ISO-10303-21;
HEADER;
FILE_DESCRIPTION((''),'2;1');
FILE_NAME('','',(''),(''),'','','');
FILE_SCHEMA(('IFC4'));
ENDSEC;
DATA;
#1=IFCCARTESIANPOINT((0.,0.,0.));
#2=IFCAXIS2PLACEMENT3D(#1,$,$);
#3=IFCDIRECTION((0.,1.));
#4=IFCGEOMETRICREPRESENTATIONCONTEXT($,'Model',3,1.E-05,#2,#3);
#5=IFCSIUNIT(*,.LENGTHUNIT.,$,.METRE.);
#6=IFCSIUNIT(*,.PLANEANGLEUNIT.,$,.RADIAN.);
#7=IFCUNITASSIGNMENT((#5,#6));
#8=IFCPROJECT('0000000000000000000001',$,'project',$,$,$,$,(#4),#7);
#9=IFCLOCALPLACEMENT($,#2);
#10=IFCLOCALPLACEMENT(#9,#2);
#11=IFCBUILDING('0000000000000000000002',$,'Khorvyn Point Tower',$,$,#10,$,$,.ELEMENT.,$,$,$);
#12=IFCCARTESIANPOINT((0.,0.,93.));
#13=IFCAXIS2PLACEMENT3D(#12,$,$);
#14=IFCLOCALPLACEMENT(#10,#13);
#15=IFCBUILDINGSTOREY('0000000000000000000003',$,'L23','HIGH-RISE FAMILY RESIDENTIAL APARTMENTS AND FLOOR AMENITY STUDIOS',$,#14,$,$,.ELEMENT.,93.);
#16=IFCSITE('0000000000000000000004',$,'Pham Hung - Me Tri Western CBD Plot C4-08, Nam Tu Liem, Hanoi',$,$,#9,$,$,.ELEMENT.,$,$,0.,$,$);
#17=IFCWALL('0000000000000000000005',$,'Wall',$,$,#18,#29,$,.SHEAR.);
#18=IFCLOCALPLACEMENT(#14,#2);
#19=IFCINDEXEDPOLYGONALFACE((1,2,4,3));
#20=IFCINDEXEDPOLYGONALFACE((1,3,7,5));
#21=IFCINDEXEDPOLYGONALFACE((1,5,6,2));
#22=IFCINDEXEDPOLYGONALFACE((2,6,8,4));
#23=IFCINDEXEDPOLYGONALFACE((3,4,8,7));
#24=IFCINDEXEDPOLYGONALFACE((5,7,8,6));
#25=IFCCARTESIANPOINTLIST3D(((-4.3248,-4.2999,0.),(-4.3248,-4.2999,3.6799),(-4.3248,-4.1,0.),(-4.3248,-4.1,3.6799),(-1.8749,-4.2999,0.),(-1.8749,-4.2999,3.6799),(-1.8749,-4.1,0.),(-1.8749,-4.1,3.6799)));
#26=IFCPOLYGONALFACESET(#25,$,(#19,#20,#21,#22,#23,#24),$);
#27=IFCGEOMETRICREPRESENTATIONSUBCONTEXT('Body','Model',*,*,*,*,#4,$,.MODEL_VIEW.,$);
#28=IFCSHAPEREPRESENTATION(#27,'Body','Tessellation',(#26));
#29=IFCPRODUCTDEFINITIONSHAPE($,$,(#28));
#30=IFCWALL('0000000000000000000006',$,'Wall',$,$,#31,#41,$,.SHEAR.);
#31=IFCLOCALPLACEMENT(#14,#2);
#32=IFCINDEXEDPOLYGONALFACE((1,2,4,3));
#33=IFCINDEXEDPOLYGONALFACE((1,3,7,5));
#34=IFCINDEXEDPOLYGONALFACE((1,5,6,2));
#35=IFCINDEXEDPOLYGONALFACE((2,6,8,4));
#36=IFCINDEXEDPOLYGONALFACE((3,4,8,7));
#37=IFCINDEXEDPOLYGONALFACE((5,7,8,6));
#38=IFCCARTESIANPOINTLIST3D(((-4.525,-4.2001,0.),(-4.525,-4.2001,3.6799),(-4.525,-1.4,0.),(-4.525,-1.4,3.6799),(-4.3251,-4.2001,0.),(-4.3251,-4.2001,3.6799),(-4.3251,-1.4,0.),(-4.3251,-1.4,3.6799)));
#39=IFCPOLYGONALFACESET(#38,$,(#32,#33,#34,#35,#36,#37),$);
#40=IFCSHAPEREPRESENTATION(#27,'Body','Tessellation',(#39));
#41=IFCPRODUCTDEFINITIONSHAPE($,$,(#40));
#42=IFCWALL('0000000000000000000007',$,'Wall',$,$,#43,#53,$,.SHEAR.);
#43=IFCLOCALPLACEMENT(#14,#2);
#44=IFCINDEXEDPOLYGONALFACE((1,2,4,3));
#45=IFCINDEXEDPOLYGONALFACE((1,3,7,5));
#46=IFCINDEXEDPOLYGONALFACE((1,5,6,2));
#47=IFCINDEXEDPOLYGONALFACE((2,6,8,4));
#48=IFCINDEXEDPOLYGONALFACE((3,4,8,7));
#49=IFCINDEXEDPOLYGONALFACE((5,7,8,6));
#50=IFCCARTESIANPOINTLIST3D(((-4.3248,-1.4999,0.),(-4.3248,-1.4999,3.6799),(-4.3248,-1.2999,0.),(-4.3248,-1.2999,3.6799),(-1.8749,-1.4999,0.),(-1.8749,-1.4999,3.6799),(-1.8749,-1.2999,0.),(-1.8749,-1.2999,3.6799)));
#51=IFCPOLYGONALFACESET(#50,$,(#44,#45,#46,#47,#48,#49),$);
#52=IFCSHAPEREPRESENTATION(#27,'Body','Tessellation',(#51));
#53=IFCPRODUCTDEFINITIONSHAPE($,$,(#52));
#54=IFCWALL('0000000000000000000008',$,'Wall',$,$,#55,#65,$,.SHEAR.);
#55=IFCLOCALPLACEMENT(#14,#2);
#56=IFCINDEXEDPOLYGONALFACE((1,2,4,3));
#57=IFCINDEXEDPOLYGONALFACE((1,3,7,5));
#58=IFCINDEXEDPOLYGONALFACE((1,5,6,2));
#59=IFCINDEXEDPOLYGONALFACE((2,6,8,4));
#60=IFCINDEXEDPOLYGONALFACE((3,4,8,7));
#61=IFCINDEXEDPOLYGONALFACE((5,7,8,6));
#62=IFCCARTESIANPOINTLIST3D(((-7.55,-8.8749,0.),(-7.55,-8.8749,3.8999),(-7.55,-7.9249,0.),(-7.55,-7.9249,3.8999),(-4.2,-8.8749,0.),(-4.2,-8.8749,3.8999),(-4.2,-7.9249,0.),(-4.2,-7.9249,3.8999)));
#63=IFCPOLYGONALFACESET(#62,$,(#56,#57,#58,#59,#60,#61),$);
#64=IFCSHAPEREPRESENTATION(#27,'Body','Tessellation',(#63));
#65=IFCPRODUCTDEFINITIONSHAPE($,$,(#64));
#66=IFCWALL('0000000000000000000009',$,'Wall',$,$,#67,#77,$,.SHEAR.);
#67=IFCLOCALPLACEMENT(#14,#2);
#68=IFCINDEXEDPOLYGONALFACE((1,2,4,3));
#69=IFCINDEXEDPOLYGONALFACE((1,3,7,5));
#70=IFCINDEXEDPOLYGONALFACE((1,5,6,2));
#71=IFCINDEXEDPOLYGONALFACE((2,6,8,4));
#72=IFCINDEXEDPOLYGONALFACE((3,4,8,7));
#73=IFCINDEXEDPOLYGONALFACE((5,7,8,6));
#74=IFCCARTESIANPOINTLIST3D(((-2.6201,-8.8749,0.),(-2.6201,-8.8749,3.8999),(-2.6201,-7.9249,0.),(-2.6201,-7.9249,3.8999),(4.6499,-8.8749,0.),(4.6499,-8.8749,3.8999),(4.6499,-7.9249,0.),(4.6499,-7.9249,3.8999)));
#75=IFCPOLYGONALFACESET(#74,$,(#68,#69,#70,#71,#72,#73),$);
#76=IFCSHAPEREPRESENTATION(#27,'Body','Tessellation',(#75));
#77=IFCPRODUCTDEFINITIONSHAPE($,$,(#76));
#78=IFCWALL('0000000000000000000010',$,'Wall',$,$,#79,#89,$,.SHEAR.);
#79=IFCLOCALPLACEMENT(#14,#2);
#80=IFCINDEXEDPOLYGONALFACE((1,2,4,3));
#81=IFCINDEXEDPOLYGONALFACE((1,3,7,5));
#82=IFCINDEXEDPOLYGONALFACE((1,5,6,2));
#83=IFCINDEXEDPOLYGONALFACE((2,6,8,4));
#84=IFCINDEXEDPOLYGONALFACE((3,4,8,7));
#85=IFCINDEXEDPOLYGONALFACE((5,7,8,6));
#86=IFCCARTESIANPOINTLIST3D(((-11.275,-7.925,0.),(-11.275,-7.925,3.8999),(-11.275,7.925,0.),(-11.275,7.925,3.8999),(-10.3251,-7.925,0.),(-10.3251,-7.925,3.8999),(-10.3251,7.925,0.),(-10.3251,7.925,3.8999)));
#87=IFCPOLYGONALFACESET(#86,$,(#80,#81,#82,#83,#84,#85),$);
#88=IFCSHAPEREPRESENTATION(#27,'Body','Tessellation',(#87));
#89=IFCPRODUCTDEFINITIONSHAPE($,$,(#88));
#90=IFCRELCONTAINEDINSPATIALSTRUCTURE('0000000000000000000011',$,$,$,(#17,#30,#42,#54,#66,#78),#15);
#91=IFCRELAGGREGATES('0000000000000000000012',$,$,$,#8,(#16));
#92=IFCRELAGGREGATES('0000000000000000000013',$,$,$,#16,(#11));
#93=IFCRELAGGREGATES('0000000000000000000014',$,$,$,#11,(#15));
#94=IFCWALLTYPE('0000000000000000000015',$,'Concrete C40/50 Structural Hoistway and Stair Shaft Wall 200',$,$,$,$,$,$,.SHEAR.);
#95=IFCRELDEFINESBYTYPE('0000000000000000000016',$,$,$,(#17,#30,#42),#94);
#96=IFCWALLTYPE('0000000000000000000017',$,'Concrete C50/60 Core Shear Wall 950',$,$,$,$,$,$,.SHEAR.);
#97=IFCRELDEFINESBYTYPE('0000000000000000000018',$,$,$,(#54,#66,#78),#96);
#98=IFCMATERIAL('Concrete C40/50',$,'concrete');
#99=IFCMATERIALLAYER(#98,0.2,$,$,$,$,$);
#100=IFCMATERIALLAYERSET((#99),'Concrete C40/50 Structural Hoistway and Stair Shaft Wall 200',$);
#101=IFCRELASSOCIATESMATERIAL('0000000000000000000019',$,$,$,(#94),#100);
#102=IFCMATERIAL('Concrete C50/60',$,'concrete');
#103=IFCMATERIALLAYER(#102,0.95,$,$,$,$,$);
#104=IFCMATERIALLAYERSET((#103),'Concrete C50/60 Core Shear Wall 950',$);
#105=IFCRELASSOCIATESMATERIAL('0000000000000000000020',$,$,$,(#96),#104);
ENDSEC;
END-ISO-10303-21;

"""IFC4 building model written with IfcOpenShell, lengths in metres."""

from ifc_helpers import new_model, si_unit, direction, frame, frame_2d, origin, place, context, subcontext, project, spatial, rectangle, extrude, material, layer, layer_set, type_object, element, save


model = new_model("IFC4")

# Units and contexts
model_context = context("Model", 3, precision=1e-05, world=origin(), true_north=direction((0.0, 1.0)))
body_context = subcontext(model_context, "Body", "Model", "MODEL_VIEW")
ifc_project = project(units=[si_unit("LENGTHUNIT", "METRE"), si_unit("PLANEANGLEUNIT", "RADIAN")], contexts=[model_context])

# Site, building, storey
site_placement = place(None, origin())
site = spatial("IfcSite", under=ifc_project, at=site_placement, Name="Pham Hung - Me Tri Western CBD Plot C4-08, Nam Tu Liem, Hanoi", CompositionType="ELEMENT", RefElevation=0.0)
building_placement = place(site_placement, origin())
building = spatial("IfcBuilding", under=site, at=building_placement, Name="Khorvyn Point Tower", CompositionType="ELEMENT")
storey_placement = place(building_placement, frame((0.0, 0.0, 93.0)))
storey = spatial("IfcBuildingStorey", under=building, at=storey_placement, Name="L23", Description="HIGH-RISE FAMILY RESIDENTIAL APARTMENTS AND FLOOR AMENITY STUDIOS", CompositionType="ELEMENT", Elevation=93.0)

# Shared definitions
ifc_material_1 = material(Name="Concrete C40/50", Category="concrete")
ifc_material_2 = material(Name="Concrete C50/60", Category="concrete")

# Shared definitions
ifc_layer_1 = layer(ifc_material_1, 0.2)
ifc_layer_set_1 = layer_set([ifc_layer_1], Name="Concrete C40/50 Structural Hoistway and Stair Shaft Wall 200")
wall_type_1 = type_object("IfcWallType", Name="Concrete C40/50 Structural Hoistway and Stair Shaft Wall 200", PredefinedType="SHEAR", material=ifc_layer_set_1)

# Walls
for number, where, z_axis, x_axis, name in (
    (1, (-4.325, -4.2, 0.0), (0.0, 0.0, 1.0), (1.0, 0.0, 0.0), "Wall"),
):
    element("IfcWall", number, at=place(storey_placement, frame(where, z_axis=z_axis, x_axis=x_axis)), inside=storey, type_object=wall_type_1, Name=name, PredefinedType="SHEAR", context=body_context, shape_type="SweptSolid", body=[
        extrude(rectangle(XDim=2.45, YDim=0.2, at=frame_2d((1.2251, 0.0))), origin(), (0.0, 0.0, 1.0), 3.6799),
    ])
wall_1_placement = place(storey_placement, frame((-4.425, -4.2, 0.0), z_axis=(0.0, 0.0, 1.0), x_axis=(0.0, 1.0, 0.0)))
element("IfcWall", 2, at=wall_1_placement, inside=storey, type_object=wall_type_1, Name="Wall", PredefinedType="SHEAR", context=body_context, shape_type="SweptSolid", body=[
    extrude(rectangle(XDim=2.8, YDim=0.2, at=frame_2d((1.3999, 0.0))), origin(), (0.0, 0.0, 1.0), 3.6799),
])
wall_2_placement = place(storey_placement, frame((-4.325, -1.3999, 0.0), z_axis=(0.0, 0.0, 1.0), x_axis=(1.0, 0.0, 0.0)))
element("IfcWall", 3, at=wall_2_placement, inside=storey, type_object=wall_type_1, Name="Wall", PredefinedType="SHEAR", context=body_context, shape_type="SweptSolid", body=[
    extrude(rectangle(XDim=2.45, YDim=0.2, at=frame_2d((1.2251, 0.0))), origin(), (0.0, 0.0, 1.0), 3.6799),
])
ifc_layer_2 = layer(ifc_material_2, 0.95)
ifc_layer_set_2 = layer_set([ifc_layer_2], Name="Concrete C50/60 Core Shear Wall 950")
wall_type_2 = type_object("IfcWallType", Name="Concrete C50/60 Core Shear Wall 950", PredefinedType="SHEAR", material=ifc_layer_set_2)
wall_3_placement = place(storey_placement, frame((-7.55, -8.3999, 0.0), z_axis=(0.0, 0.0, 1.0), x_axis=(1.0, 0.0, 0.0)))
element("IfcWall", 4, at=wall_3_placement, inside=storey, type_object=wall_type_2, Name="Wall", PredefinedType="SHEAR", context=body_context, shape_type="SweptSolid", body=[
    extrude(rectangle(XDim=3.3501, YDim=0.95, at=frame_2d((1.675, 0.0))), origin(), (0.0, 0.0, 1.0), 3.8999),
])
wall_4_placement = place(storey_placement, frame((-2.6201, -8.3999, 0.0), z_axis=(0.0, 0.0, 1.0), x_axis=(1.0, 0.0, 0.0)))
element("IfcWall", 5, at=wall_4_placement, inside=storey, type_object=wall_type_2, Name="Wall", PredefinedType="SHEAR", context=body_context, shape_type="SweptSolid", body=[
    extrude(rectangle(XDim=7.27, YDim=0.95, at=frame_2d((3.635, 0.0))), origin(), (0.0, 0.0, 1.0), 3.8999),
])
wall_5_placement = place(storey_placement, frame((-10.8, -7.925, 0.0), z_axis=(0.0, 0.0, 1.0), x_axis=(0.0, 1.0, 0.0)))
element("IfcWall", 6, at=wall_5_placement, inside=storey, type_object=wall_type_2, Name="Wall", PredefinedType="SHEAR", context=body_context, shape_type="SweptSolid", body=[
    extrude(rectangle(XDim=15.8501, YDim=0.95, at=frame_2d((7.925, 0.0))), origin(), (0.0, 0.0, 1.0), 3.8999),
])

save(model, "model.ifc")
